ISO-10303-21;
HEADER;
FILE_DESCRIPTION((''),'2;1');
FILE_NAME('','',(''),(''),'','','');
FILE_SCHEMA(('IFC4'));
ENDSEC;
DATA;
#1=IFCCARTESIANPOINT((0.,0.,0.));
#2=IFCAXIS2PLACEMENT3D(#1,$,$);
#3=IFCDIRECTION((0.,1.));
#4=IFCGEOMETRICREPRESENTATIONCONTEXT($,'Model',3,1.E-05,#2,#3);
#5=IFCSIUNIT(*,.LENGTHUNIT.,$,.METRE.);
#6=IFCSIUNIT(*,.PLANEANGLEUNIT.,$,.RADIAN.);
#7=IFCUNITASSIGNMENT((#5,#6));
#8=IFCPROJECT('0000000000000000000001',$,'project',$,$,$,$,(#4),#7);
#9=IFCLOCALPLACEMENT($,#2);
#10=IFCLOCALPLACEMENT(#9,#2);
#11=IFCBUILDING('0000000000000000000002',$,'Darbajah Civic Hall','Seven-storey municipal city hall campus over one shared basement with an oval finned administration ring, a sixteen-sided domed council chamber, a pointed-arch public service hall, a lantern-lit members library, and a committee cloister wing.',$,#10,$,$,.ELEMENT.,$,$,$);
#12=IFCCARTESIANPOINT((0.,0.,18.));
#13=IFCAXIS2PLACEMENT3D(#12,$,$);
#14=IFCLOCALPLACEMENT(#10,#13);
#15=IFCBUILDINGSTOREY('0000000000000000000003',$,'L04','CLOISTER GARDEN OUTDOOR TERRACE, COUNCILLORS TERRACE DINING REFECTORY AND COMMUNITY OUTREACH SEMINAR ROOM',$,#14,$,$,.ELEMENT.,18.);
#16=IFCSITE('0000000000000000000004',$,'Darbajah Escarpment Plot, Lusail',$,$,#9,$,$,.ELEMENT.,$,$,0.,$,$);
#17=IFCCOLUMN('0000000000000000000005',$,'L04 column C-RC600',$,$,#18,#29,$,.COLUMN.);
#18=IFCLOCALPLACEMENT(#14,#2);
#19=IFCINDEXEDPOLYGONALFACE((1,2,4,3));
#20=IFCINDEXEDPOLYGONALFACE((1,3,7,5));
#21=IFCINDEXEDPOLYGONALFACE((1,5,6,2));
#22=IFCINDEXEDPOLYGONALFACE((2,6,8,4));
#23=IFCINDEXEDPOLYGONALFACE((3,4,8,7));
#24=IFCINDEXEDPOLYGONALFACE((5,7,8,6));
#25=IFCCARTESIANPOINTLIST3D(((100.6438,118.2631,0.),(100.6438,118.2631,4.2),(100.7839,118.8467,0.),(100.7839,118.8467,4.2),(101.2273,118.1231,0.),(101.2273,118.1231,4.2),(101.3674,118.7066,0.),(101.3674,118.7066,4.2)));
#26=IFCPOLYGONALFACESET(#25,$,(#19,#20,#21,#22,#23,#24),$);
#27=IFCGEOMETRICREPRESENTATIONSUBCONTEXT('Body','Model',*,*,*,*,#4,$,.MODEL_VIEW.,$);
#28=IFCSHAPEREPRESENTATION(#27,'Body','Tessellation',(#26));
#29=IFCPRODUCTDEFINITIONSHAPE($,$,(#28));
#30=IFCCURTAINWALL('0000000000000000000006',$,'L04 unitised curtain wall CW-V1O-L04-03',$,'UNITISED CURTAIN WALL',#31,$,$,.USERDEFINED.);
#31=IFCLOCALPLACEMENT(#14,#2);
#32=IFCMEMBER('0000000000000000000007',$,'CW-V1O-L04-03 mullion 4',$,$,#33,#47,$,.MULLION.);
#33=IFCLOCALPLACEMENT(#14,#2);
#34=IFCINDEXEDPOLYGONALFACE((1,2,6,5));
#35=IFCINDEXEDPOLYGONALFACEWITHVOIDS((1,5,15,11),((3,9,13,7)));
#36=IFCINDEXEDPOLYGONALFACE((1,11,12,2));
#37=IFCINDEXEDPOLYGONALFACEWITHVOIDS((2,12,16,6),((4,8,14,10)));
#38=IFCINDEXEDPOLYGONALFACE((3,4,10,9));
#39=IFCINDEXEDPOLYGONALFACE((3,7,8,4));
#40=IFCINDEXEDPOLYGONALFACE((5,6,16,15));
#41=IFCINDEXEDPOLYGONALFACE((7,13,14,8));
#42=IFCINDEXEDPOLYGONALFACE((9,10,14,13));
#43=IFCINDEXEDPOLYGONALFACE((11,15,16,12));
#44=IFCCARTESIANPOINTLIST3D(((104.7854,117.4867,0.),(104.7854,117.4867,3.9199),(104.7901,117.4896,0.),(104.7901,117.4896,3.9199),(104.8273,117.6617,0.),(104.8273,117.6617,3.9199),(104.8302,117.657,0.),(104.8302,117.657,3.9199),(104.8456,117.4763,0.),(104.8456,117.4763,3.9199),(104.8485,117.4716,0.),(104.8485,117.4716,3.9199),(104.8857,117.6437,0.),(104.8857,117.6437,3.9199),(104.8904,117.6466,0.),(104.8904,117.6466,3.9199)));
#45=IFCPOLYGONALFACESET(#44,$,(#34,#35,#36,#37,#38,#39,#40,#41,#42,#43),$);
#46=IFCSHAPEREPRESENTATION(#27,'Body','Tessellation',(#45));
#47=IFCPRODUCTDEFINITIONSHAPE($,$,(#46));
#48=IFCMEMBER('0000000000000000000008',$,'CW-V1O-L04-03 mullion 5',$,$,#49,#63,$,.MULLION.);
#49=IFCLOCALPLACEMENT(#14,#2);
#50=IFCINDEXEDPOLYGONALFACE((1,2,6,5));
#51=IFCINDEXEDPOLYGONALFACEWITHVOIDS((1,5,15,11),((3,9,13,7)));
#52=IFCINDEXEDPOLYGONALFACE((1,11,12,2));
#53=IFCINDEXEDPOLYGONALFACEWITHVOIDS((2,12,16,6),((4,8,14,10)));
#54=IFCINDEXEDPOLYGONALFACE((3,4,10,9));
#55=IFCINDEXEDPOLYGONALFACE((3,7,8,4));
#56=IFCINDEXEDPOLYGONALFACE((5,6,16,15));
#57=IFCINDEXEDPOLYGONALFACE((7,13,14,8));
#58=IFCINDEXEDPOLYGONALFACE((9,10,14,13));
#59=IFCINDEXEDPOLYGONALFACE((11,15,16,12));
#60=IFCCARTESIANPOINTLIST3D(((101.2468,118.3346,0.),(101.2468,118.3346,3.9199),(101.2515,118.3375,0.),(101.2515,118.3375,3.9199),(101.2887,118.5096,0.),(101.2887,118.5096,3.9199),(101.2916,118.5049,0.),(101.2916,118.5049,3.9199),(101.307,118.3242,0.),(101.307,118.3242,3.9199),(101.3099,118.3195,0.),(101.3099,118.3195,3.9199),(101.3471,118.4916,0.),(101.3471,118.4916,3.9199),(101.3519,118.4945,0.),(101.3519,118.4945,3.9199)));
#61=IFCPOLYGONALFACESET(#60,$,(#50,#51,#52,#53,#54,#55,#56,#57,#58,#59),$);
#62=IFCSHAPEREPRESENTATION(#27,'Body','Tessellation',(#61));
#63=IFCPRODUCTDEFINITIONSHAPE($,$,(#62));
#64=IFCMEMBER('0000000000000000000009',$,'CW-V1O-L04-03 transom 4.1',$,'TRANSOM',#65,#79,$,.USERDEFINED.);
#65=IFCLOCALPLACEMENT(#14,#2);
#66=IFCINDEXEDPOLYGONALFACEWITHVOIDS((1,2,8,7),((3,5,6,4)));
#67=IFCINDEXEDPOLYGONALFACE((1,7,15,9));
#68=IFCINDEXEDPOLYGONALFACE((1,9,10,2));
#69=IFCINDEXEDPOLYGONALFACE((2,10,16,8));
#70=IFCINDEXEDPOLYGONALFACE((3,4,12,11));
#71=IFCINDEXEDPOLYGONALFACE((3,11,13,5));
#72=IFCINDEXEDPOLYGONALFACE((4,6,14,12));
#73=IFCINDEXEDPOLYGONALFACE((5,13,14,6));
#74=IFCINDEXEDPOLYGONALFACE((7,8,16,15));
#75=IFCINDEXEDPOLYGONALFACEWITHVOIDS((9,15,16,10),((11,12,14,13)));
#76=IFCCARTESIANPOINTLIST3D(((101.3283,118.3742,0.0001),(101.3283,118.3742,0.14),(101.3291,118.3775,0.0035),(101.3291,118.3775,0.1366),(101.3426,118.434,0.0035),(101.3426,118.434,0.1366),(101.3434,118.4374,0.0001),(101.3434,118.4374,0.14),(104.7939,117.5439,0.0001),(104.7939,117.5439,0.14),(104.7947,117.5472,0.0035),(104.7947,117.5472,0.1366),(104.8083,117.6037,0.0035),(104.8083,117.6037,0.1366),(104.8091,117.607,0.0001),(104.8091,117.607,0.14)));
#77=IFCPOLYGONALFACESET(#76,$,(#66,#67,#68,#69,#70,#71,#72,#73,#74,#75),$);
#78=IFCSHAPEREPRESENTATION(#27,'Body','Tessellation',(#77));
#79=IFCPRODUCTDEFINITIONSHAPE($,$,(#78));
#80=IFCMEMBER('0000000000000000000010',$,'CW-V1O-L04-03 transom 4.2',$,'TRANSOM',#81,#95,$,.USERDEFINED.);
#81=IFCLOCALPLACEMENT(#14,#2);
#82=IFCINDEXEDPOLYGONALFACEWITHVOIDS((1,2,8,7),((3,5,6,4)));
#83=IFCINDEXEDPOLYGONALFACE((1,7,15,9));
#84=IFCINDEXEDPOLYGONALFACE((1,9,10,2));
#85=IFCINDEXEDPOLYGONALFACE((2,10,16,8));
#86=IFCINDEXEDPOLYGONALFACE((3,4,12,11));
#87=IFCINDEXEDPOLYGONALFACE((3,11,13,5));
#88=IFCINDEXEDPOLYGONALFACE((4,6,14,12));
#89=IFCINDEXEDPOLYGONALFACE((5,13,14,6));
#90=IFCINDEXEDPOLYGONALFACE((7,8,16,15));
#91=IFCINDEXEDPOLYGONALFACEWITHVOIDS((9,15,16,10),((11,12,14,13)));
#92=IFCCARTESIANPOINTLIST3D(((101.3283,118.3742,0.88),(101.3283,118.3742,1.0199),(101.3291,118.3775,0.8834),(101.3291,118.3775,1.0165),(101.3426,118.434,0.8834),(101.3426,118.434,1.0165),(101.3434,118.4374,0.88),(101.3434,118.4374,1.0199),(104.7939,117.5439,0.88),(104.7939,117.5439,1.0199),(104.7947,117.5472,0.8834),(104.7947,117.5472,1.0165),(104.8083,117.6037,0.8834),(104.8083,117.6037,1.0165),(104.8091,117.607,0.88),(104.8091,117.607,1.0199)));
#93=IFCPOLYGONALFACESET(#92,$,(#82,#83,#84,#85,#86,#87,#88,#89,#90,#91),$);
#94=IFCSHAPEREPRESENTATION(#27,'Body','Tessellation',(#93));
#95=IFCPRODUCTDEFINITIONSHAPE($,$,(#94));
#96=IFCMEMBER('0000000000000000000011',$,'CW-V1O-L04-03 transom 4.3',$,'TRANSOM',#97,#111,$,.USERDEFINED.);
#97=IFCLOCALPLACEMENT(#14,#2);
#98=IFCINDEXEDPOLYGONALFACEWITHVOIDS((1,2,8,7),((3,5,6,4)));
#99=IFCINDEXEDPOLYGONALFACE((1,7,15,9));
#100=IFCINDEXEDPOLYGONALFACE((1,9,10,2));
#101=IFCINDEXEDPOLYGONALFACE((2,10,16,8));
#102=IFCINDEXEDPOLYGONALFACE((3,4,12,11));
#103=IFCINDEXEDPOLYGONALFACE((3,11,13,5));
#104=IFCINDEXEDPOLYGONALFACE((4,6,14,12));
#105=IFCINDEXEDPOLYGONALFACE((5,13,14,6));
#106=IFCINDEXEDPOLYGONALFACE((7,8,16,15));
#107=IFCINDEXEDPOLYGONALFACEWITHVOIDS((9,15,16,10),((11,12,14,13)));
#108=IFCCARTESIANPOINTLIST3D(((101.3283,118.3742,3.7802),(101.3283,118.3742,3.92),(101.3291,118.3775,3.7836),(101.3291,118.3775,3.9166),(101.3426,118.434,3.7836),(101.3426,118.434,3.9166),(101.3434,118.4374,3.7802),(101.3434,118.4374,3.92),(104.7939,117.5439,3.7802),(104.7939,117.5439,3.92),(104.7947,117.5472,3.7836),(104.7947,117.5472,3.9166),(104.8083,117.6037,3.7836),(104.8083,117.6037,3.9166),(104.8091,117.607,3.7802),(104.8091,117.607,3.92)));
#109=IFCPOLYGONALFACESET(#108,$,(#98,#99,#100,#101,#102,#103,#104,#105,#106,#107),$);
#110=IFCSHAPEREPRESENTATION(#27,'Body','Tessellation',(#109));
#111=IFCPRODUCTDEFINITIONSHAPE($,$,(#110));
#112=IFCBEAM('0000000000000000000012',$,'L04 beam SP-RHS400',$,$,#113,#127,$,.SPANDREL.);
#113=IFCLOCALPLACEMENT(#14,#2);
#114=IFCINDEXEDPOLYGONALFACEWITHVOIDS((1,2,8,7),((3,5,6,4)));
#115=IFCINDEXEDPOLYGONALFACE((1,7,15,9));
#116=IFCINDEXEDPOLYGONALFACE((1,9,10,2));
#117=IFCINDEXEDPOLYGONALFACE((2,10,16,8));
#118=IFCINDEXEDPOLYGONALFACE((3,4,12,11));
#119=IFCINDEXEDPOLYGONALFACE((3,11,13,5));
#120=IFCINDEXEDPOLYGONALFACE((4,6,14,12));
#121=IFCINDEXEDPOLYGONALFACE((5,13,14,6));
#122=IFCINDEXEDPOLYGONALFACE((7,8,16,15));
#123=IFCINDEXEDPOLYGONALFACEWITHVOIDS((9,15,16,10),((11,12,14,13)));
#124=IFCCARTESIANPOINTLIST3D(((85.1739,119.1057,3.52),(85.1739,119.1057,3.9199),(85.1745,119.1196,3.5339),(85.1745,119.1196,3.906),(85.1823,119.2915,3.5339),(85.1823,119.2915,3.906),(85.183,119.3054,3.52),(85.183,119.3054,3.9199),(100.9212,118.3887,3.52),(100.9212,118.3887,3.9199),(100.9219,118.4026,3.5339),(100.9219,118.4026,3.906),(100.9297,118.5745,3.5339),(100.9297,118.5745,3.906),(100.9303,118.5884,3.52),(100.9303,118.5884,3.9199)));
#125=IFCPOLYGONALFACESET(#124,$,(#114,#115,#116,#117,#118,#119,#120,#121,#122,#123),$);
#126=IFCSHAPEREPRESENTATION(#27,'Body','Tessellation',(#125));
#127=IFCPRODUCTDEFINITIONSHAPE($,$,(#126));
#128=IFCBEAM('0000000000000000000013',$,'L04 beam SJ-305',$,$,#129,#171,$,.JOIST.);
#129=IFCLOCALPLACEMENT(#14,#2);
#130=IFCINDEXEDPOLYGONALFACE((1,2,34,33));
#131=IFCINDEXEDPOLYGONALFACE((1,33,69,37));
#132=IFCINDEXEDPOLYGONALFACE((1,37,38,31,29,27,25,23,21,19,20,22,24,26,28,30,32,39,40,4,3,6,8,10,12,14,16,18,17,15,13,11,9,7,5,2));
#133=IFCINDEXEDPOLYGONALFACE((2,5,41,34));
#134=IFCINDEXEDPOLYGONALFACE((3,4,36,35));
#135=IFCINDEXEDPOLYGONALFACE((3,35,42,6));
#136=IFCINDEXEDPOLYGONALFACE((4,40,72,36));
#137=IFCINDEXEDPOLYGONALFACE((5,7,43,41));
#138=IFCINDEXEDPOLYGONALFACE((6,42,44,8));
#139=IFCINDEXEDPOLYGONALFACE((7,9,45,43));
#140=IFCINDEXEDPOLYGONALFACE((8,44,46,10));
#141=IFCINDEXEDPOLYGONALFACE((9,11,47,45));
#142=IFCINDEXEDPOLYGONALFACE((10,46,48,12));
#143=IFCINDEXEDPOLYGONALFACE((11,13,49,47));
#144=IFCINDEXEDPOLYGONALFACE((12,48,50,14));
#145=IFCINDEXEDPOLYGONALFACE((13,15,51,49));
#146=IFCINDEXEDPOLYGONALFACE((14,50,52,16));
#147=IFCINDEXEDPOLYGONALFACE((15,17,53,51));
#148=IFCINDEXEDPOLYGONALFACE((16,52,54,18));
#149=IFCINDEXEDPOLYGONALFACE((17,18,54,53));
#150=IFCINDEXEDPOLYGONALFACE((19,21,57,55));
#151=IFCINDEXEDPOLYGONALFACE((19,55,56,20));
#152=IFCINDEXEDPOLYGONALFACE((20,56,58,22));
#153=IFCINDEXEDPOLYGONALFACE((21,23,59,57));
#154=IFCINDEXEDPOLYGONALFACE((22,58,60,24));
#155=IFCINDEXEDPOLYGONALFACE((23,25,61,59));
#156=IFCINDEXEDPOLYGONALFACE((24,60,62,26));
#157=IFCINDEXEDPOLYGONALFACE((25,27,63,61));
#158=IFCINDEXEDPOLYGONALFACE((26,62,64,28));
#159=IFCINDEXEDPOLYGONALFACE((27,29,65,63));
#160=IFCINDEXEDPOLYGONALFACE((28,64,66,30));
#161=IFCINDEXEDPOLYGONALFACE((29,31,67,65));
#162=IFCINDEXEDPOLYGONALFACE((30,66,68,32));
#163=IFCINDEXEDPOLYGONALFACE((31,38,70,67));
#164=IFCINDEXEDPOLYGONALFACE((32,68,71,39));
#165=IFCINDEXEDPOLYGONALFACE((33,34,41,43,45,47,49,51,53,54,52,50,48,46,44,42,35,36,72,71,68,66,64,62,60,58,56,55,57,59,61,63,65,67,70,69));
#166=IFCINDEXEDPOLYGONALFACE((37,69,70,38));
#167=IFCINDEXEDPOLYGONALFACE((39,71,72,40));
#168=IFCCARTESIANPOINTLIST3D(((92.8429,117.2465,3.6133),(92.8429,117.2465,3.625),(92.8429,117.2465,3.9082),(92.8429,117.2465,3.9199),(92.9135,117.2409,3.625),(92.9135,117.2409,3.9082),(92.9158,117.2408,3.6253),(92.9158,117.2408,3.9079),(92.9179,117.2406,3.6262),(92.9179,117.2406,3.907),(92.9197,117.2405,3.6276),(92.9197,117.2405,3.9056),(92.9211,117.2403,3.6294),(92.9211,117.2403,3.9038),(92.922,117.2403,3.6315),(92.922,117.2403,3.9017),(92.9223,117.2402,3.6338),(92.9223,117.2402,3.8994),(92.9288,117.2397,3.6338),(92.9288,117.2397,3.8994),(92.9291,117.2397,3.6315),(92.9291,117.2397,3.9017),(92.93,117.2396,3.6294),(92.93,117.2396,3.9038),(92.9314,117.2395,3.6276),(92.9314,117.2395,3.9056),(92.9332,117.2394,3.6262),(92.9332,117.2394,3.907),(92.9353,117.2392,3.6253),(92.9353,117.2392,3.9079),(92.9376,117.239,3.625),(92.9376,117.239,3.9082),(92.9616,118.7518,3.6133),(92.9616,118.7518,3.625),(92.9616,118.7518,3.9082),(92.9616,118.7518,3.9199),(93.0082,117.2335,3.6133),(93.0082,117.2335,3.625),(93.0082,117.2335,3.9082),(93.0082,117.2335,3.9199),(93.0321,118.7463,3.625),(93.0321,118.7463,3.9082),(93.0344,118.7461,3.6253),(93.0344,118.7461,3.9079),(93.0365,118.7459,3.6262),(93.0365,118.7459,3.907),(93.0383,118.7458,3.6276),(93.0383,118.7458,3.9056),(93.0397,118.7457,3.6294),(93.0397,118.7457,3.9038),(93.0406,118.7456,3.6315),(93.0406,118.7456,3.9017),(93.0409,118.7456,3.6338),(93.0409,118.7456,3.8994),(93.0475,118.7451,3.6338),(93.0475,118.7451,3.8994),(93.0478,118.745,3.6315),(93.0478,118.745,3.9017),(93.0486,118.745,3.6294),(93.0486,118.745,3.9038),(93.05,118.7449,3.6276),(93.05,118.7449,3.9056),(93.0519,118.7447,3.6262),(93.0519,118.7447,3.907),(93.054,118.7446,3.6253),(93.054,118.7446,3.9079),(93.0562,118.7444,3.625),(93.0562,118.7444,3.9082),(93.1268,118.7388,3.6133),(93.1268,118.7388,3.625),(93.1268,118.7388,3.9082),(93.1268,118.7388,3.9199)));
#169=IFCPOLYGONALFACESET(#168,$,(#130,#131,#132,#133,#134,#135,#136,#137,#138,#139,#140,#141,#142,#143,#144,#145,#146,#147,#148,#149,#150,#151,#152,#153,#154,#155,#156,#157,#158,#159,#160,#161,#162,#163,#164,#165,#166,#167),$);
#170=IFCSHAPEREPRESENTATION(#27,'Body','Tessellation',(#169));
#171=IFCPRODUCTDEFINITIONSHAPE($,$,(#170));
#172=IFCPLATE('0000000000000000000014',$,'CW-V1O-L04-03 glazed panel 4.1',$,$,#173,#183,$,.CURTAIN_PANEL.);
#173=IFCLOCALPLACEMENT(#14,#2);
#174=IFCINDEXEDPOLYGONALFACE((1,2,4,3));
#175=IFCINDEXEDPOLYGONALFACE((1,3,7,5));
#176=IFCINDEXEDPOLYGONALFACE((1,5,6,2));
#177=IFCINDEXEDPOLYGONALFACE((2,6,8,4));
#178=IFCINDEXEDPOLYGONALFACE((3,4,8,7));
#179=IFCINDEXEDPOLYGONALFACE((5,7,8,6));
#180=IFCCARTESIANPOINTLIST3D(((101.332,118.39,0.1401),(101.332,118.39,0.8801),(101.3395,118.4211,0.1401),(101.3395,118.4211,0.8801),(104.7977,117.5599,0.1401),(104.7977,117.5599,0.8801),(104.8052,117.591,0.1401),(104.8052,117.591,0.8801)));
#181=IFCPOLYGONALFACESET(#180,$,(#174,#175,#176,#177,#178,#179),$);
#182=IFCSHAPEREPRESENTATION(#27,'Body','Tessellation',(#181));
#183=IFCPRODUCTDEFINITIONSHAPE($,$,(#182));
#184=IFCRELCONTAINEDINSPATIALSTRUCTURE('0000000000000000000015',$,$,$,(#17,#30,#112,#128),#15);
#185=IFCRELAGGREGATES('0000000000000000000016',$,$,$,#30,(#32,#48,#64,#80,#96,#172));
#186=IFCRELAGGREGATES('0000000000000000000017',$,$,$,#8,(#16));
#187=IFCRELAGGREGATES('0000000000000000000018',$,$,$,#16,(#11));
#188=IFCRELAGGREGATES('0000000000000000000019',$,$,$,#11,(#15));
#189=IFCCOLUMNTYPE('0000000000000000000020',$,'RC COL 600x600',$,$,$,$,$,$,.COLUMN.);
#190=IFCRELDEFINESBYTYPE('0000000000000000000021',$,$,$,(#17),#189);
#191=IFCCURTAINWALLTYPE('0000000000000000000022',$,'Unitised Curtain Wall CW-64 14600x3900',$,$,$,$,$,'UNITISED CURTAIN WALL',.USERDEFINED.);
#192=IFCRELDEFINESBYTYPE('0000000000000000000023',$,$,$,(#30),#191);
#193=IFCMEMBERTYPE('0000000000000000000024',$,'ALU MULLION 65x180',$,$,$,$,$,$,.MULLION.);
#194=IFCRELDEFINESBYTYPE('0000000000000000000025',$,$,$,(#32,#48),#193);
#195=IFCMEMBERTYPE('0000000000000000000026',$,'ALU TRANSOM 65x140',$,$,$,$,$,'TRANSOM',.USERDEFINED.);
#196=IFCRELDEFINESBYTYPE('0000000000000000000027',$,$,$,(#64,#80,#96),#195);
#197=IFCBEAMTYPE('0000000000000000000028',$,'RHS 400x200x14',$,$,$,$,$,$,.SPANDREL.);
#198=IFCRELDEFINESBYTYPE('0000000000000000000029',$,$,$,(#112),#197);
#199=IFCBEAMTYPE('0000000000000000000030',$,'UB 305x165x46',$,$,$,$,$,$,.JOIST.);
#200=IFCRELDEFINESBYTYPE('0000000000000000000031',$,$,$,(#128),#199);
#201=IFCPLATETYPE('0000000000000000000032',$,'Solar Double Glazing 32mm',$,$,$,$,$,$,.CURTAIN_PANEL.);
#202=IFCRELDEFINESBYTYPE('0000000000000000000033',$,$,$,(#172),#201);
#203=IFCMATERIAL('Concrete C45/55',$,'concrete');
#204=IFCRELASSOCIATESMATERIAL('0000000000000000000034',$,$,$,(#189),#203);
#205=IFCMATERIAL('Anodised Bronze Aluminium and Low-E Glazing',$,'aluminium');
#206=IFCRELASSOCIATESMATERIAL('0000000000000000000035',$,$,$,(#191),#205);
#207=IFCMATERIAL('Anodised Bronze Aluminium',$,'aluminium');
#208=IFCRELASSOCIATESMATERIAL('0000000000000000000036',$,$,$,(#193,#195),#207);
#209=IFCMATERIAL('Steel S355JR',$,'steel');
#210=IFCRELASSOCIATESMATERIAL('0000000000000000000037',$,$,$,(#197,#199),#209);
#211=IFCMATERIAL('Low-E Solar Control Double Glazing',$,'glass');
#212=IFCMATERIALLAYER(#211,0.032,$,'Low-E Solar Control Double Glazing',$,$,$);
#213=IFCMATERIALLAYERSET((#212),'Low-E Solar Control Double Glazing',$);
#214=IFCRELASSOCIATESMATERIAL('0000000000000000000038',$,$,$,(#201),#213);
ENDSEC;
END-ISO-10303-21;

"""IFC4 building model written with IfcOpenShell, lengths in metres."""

from ifc_helpers import new_model, si_unit, direction, frame, origin, origin_2d, place, context, subcontext, project, spatial, rectangle, hollow_rectangle, i_section, extrude, material, layer, layer_set, material_profile, profile_set, type_object, element, aggregate, save


model = new_model("IFC4")

# Units and contexts
model_context = context("Model", 3, precision=1e-05, world=origin(), true_north=direction((0.0, 1.0)))
body_context = subcontext(model_context, "Body", "Model", "MODEL_VIEW")
ifc_project = project(units=[si_unit("LENGTHUNIT", "METRE"), si_unit("PLANEANGLEUNIT", "RADIAN")], contexts=[model_context])

# Site, building, storey
site_placement = place(None, origin())
site = spatial("IfcSite", under=ifc_project, at=site_placement, Name="Darbajah Escarpment Plot, Lusail", CompositionType="ELEMENT", RefElevation=0.0)
building_placement = place(site_placement, origin())
building = spatial("IfcBuilding", under=site, at=building_placement, Name="Darbajah Civic Hall", Description="Seven-storey municipal city hall campus over one shared basement with an oval finned administration ring, a sixteen-sided domed council chamber, a pointed-arch public service hall, a lantern-lit members library, and a committee cloister wing.", CompositionType="ELEMENT")
storey_placement = place(building_placement, frame((0.0, 0.0, 18.0)))
storey = spatial("IfcBuildingStorey", under=building, at=storey_placement, Name="L04", Description="CLOISTER GARDEN OUTDOOR TERRACE, COUNCILLORS TERRACE DINING REFECTORY AND COMMUNITY OUTREACH SEMINAR ROOM", CompositionType="ELEMENT", Elevation=18.0)

# Column
ifc_material_1 = material(Name="Concrete C45/55", Category="concrete")
ifc_material_profile_1 = material_profile(ifc_material_1, rectangle(XDim=0.6001, YDim=0.6001, at=origin_2d()), Name="RC COL 600x600")
ifc_profile_set_1 = profile_set([ifc_material_profile_1], Name="Concrete C45/55")
column_type = type_object("IfcColumnType", Name="RC COL 600x600", PredefinedType="COLUMN", material=ifc_profile_set_1)
column_placement = place(storey_placement, frame((101.0056, 118.4849, 0.0), z_axis=(0.0, 0.0, 1.0), x_axis=(0.233445, 0.97237, 0.0)))
element("IfcColumn", 1, at=column_placement, inside=storey, type_object=column_type, Name="L04 column C-RC600", PredefinedType="COLUMN", context=body_context, shape_type="SweptSolid", body=[
    extrude(rectangle(XDim=0.6001, YDim=0.6001, at=origin_2d()), origin(), (0.0, 0.0, 1.0), 4.2),
])

# Curtain wall, members
ifc_material_2 = material(Name="Anodised Bronze Aluminium and Low-E Glazing", Category="aluminium")
curtain_wall_type = type_object("IfcCurtainWallType", Name="Unitised Curtain Wall CW-64 14600x3900", ElementType="UNITISED CURTAIN WALL", PredefinedType="USERDEFINED", material=ifc_material_2)
curtain_wall_placement = place(storey_placement, origin())
curtain_wall = element("IfcCurtainWall", 2, at=curtain_wall_placement, inside=storey, type_object=curtain_wall_type, Name="L04 unitised curtain wall CW-V1O-L04-03", ObjectType="UNITISED CURTAIN WALL", PredefinedType="USERDEFINED")
ifc_material_3 = material(Name="Anodised Bronze Aluminium", Category="aluminium")
ifc_material_profile_2 = material_profile(ifc_material_3, hollow_rectangle(XDim=0.0649, YDim=0.1799, WallThickness=0.0039, at=origin_2d()), Name="ALU MULLION 65x180")
ifc_profile_set_2 = profile_set([ifc_material_profile_2], Name="Anodised Bronze Aluminium")
member_type_1 = type_object("IfcMemberType", Name="ALU MULLION 65x180", PredefinedType="MULLION", material=ifc_profile_set_2)
member_1_placement = place(storey_placement, frame((104.8379, 117.5667, 0.0), z_axis=(0.0, 0.0, 1.0), x_axis=(-0.972492, 0.232936, 0.0)))
member_1 = element("IfcMember", 3, at=member_1_placement, type_object=member_type_1, Name="CW-V1O-L04-03 mullion 4", PredefinedType="MULLION", context=body_context, shape_type="SweptSolid", body=[
    extrude(hollow_rectangle(XDim=0.0649, YDim=0.1799, WallThickness=0.0039, at=origin_2d()), origin(), (0.0, 0.0, 1.0), 3.9199),
])
member_2_placement = place(storey_placement, frame((101.2993, 118.4146, 0.0), z_axis=(0.0, 0.0, 1.0), x_axis=(-0.972492, 0.232936, 0.0)))
member_2 = element("IfcMember", 4, at=member_2_placement, type_object=member_type_1, Name="CW-V1O-L04-03 mullion 5", PredefinedType="MULLION", context=body_context, shape_type="SweptSolid", body=[
    extrude(hollow_rectangle(XDim=0.0649, YDim=0.1799, WallThickness=0.0039, at=origin_2d()), origin(), (0.0, 0.0, 1.0), 3.9199),
])
ifc_material_profile_3 = material_profile(ifc_material_3, hollow_rectangle(XDim=0.0649, YDim=0.1399, WallThickness=0.0034, at=origin_2d()), Name="ALU TRANSOM 65x140")
ifc_profile_set_3 = profile_set([ifc_material_profile_3], Name="Anodised Bronze Aluminium")
member_type_2 = type_object("IfcMemberType", Name="ALU TRANSOM 65x140", ElementType="TRANSOM", PredefinedType="USERDEFINED", material=ifc_profile_set_3)
member_3_placement = place(storey_placement, frame((104.8015, 117.5754, 0.0701), z_axis=(-0.972477, 0.232997, 0.0), x_axis=(-0.232997, -0.972477, 0.0)))
member_3 = element("IfcMember", 5, at=member_3_placement, type_object=member_type_2, Name="CW-V1O-L04-03 transom 4.1", ObjectType="TRANSOM", PredefinedType="USERDEFINED", context=body_context, shape_type="SweptSolid", body=[
    extrude(hollow_rectangle(XDim=0.0649, YDim=0.1399, WallThickness=0.0034, at=origin_2d()), origin(), (0.0, 0.0, 1.0), 3.5637),
])
member_4_placement = place(storey_placement, frame((104.8015, 117.5754, 0.95), z_axis=(-0.972477, 0.232997, 0.0), x_axis=(-0.232997, -0.972477, 0.0)))
member_4 = element("IfcMember", 6, at=member_4_placement, type_object=member_type_2, Name="CW-V1O-L04-03 transom 4.2", ObjectType="TRANSOM", PredefinedType="USERDEFINED", context=body_context, shape_type="SweptSolid", body=[
    extrude(hollow_rectangle(XDim=0.0649, YDim=0.1399, WallThickness=0.0034, at=origin_2d()), origin(), (0.0, 0.0, 1.0), 3.5637),
])
member_5_placement = place(storey_placement, frame((104.8015, 117.5754, 3.8501), z_axis=(-0.972477, 0.232997, 0.0), x_axis=(-0.232997, -0.972477, 0.0)))
member_5 = element("IfcMember", 7, at=member_5_placement, type_object=member_type_2, Name="CW-V1O-L04-03 transom 4.3", ObjectType="TRANSOM", PredefinedType="USERDEFINED", context=body_context, shape_type="SweptSolid", body=[
    extrude(hollow_rectangle(XDim=0.0649, YDim=0.1399, WallThickness=0.0034, at=origin_2d()), origin(), (0.0, 0.0, 1.0), 3.5637),
])

# Beams
ifc_material_4 = material(Name="Steel S355JR", Category="steel")
ifc_material_profile_4 = material_profile(ifc_material_4, hollow_rectangle(XDim=0.2, YDim=0.3999, WallThickness=0.0139, at=origin_2d()), Name="RHS 400x200x14")
ifc_profile_set_4 = profile_set([ifc_material_profile_4], Name="Steel S355JR")
beam_type_1 = type_object("IfcBeamType", Name="RHS 400x200x14", PredefinedType="SPANDREL", material=ifc_profile_set_4)
beam_1_placement = place(storey_placement, frame((100.9258, 118.4885, 3.72), z_axis=(-0.998965, 0.045487, 0.0), x_axis=(-0.045487, -0.998965, 0.0)))
element("IfcBeam", 8, at=beam_1_placement, inside=storey, type_object=beam_type_1, Name="L04 beam SP-RHS400", PredefinedType="SPANDREL", context=body_context, shape_type="SweptSolid", body=[
    extrude(hollow_rectangle(XDim=0.2, YDim=0.3999, WallThickness=0.0139, at=origin_2d()), origin(), (0.0, 0.0, 1.0), 15.7637),
])
ifc_material_profile_5 = material_profile(ifc_material_4, i_section(OverallWidth=0.1658, OverallDepth=0.3066, WebThickness=0.0066, FlangeThickness=0.0117, FilletRadius=0.0088, at=origin_2d()), Name="UB 305x165x46")
ifc_profile_set_5 = profile_set([ifc_material_profile_5], Name="Steel S355JR")
beam_type_2 = type_object("IfcBeamType", Name="UB 305x165x46", PredefinedType="JOIST", material=ifc_profile_set_5)
beam_2_placement = place(storey_placement, frame((92.9255, 117.24, 3.7666), z_axis=(0.078576, 0.996908, 0.0), x_axis=(-0.996908, 0.078576, 0.0)))
element("IfcBeam", 9, at=beam_2_placement, inside=storey, type_object=beam_type_2, Name="L04 beam SJ-305", PredefinedType="JOIST", context=body_context, shape_type="SweptSolid", body=[
    extrude(i_section(OverallWidth=0.1658, OverallDepth=0.3066, WebThickness=0.0066, FlangeThickness=0.0117, FilletRadius=0.0088, at=origin_2d()), origin(), (0.0, 0.0, 1.0), 1.51),
])

# Plate
ifc_material_5 = material(Name="Low-E Solar Control Double Glazing", Category="glass")
ifc_layer_1 = layer(ifc_material_5, 0.032, Name="Low-E Solar Control Double Glazing")
ifc_layer_set_1 = layer_set([ifc_layer_1], Name="Low-E Solar Control Double Glazing")
plate_type = type_object("IfcPlateType", Name="Solar Double Glazing 32mm", PredefinedType="CURTAIN_PANEL", material=ifc_layer_set_1)
plate_1_placement = place(storey_placement, frame((103.0686, 117.9905, 0.1401), z_axis=(0.0, 0.0, 1.0), x_axis=(-0.972492, 0.232936, 0.0)))
plate_1 = element("IfcPlate", 10, at=plate_1_placement, type_object=plate_type, Name="CW-V1O-L04-03 glazed panel 4.1", PredefinedType="CURTAIN_PANEL", context=body_context, shape_type="SweptSolid", body=[
    extrude(rectangle(XDim=3.5637, YDim=0.032, at=origin_2d()), origin(), (0.0, 0.0, 1.0), 0.74),
])
aggregate(curtain_wall, [member_1, member_2, member_3, member_4, member_5, plate_1])

save(model, "model.ifc")
